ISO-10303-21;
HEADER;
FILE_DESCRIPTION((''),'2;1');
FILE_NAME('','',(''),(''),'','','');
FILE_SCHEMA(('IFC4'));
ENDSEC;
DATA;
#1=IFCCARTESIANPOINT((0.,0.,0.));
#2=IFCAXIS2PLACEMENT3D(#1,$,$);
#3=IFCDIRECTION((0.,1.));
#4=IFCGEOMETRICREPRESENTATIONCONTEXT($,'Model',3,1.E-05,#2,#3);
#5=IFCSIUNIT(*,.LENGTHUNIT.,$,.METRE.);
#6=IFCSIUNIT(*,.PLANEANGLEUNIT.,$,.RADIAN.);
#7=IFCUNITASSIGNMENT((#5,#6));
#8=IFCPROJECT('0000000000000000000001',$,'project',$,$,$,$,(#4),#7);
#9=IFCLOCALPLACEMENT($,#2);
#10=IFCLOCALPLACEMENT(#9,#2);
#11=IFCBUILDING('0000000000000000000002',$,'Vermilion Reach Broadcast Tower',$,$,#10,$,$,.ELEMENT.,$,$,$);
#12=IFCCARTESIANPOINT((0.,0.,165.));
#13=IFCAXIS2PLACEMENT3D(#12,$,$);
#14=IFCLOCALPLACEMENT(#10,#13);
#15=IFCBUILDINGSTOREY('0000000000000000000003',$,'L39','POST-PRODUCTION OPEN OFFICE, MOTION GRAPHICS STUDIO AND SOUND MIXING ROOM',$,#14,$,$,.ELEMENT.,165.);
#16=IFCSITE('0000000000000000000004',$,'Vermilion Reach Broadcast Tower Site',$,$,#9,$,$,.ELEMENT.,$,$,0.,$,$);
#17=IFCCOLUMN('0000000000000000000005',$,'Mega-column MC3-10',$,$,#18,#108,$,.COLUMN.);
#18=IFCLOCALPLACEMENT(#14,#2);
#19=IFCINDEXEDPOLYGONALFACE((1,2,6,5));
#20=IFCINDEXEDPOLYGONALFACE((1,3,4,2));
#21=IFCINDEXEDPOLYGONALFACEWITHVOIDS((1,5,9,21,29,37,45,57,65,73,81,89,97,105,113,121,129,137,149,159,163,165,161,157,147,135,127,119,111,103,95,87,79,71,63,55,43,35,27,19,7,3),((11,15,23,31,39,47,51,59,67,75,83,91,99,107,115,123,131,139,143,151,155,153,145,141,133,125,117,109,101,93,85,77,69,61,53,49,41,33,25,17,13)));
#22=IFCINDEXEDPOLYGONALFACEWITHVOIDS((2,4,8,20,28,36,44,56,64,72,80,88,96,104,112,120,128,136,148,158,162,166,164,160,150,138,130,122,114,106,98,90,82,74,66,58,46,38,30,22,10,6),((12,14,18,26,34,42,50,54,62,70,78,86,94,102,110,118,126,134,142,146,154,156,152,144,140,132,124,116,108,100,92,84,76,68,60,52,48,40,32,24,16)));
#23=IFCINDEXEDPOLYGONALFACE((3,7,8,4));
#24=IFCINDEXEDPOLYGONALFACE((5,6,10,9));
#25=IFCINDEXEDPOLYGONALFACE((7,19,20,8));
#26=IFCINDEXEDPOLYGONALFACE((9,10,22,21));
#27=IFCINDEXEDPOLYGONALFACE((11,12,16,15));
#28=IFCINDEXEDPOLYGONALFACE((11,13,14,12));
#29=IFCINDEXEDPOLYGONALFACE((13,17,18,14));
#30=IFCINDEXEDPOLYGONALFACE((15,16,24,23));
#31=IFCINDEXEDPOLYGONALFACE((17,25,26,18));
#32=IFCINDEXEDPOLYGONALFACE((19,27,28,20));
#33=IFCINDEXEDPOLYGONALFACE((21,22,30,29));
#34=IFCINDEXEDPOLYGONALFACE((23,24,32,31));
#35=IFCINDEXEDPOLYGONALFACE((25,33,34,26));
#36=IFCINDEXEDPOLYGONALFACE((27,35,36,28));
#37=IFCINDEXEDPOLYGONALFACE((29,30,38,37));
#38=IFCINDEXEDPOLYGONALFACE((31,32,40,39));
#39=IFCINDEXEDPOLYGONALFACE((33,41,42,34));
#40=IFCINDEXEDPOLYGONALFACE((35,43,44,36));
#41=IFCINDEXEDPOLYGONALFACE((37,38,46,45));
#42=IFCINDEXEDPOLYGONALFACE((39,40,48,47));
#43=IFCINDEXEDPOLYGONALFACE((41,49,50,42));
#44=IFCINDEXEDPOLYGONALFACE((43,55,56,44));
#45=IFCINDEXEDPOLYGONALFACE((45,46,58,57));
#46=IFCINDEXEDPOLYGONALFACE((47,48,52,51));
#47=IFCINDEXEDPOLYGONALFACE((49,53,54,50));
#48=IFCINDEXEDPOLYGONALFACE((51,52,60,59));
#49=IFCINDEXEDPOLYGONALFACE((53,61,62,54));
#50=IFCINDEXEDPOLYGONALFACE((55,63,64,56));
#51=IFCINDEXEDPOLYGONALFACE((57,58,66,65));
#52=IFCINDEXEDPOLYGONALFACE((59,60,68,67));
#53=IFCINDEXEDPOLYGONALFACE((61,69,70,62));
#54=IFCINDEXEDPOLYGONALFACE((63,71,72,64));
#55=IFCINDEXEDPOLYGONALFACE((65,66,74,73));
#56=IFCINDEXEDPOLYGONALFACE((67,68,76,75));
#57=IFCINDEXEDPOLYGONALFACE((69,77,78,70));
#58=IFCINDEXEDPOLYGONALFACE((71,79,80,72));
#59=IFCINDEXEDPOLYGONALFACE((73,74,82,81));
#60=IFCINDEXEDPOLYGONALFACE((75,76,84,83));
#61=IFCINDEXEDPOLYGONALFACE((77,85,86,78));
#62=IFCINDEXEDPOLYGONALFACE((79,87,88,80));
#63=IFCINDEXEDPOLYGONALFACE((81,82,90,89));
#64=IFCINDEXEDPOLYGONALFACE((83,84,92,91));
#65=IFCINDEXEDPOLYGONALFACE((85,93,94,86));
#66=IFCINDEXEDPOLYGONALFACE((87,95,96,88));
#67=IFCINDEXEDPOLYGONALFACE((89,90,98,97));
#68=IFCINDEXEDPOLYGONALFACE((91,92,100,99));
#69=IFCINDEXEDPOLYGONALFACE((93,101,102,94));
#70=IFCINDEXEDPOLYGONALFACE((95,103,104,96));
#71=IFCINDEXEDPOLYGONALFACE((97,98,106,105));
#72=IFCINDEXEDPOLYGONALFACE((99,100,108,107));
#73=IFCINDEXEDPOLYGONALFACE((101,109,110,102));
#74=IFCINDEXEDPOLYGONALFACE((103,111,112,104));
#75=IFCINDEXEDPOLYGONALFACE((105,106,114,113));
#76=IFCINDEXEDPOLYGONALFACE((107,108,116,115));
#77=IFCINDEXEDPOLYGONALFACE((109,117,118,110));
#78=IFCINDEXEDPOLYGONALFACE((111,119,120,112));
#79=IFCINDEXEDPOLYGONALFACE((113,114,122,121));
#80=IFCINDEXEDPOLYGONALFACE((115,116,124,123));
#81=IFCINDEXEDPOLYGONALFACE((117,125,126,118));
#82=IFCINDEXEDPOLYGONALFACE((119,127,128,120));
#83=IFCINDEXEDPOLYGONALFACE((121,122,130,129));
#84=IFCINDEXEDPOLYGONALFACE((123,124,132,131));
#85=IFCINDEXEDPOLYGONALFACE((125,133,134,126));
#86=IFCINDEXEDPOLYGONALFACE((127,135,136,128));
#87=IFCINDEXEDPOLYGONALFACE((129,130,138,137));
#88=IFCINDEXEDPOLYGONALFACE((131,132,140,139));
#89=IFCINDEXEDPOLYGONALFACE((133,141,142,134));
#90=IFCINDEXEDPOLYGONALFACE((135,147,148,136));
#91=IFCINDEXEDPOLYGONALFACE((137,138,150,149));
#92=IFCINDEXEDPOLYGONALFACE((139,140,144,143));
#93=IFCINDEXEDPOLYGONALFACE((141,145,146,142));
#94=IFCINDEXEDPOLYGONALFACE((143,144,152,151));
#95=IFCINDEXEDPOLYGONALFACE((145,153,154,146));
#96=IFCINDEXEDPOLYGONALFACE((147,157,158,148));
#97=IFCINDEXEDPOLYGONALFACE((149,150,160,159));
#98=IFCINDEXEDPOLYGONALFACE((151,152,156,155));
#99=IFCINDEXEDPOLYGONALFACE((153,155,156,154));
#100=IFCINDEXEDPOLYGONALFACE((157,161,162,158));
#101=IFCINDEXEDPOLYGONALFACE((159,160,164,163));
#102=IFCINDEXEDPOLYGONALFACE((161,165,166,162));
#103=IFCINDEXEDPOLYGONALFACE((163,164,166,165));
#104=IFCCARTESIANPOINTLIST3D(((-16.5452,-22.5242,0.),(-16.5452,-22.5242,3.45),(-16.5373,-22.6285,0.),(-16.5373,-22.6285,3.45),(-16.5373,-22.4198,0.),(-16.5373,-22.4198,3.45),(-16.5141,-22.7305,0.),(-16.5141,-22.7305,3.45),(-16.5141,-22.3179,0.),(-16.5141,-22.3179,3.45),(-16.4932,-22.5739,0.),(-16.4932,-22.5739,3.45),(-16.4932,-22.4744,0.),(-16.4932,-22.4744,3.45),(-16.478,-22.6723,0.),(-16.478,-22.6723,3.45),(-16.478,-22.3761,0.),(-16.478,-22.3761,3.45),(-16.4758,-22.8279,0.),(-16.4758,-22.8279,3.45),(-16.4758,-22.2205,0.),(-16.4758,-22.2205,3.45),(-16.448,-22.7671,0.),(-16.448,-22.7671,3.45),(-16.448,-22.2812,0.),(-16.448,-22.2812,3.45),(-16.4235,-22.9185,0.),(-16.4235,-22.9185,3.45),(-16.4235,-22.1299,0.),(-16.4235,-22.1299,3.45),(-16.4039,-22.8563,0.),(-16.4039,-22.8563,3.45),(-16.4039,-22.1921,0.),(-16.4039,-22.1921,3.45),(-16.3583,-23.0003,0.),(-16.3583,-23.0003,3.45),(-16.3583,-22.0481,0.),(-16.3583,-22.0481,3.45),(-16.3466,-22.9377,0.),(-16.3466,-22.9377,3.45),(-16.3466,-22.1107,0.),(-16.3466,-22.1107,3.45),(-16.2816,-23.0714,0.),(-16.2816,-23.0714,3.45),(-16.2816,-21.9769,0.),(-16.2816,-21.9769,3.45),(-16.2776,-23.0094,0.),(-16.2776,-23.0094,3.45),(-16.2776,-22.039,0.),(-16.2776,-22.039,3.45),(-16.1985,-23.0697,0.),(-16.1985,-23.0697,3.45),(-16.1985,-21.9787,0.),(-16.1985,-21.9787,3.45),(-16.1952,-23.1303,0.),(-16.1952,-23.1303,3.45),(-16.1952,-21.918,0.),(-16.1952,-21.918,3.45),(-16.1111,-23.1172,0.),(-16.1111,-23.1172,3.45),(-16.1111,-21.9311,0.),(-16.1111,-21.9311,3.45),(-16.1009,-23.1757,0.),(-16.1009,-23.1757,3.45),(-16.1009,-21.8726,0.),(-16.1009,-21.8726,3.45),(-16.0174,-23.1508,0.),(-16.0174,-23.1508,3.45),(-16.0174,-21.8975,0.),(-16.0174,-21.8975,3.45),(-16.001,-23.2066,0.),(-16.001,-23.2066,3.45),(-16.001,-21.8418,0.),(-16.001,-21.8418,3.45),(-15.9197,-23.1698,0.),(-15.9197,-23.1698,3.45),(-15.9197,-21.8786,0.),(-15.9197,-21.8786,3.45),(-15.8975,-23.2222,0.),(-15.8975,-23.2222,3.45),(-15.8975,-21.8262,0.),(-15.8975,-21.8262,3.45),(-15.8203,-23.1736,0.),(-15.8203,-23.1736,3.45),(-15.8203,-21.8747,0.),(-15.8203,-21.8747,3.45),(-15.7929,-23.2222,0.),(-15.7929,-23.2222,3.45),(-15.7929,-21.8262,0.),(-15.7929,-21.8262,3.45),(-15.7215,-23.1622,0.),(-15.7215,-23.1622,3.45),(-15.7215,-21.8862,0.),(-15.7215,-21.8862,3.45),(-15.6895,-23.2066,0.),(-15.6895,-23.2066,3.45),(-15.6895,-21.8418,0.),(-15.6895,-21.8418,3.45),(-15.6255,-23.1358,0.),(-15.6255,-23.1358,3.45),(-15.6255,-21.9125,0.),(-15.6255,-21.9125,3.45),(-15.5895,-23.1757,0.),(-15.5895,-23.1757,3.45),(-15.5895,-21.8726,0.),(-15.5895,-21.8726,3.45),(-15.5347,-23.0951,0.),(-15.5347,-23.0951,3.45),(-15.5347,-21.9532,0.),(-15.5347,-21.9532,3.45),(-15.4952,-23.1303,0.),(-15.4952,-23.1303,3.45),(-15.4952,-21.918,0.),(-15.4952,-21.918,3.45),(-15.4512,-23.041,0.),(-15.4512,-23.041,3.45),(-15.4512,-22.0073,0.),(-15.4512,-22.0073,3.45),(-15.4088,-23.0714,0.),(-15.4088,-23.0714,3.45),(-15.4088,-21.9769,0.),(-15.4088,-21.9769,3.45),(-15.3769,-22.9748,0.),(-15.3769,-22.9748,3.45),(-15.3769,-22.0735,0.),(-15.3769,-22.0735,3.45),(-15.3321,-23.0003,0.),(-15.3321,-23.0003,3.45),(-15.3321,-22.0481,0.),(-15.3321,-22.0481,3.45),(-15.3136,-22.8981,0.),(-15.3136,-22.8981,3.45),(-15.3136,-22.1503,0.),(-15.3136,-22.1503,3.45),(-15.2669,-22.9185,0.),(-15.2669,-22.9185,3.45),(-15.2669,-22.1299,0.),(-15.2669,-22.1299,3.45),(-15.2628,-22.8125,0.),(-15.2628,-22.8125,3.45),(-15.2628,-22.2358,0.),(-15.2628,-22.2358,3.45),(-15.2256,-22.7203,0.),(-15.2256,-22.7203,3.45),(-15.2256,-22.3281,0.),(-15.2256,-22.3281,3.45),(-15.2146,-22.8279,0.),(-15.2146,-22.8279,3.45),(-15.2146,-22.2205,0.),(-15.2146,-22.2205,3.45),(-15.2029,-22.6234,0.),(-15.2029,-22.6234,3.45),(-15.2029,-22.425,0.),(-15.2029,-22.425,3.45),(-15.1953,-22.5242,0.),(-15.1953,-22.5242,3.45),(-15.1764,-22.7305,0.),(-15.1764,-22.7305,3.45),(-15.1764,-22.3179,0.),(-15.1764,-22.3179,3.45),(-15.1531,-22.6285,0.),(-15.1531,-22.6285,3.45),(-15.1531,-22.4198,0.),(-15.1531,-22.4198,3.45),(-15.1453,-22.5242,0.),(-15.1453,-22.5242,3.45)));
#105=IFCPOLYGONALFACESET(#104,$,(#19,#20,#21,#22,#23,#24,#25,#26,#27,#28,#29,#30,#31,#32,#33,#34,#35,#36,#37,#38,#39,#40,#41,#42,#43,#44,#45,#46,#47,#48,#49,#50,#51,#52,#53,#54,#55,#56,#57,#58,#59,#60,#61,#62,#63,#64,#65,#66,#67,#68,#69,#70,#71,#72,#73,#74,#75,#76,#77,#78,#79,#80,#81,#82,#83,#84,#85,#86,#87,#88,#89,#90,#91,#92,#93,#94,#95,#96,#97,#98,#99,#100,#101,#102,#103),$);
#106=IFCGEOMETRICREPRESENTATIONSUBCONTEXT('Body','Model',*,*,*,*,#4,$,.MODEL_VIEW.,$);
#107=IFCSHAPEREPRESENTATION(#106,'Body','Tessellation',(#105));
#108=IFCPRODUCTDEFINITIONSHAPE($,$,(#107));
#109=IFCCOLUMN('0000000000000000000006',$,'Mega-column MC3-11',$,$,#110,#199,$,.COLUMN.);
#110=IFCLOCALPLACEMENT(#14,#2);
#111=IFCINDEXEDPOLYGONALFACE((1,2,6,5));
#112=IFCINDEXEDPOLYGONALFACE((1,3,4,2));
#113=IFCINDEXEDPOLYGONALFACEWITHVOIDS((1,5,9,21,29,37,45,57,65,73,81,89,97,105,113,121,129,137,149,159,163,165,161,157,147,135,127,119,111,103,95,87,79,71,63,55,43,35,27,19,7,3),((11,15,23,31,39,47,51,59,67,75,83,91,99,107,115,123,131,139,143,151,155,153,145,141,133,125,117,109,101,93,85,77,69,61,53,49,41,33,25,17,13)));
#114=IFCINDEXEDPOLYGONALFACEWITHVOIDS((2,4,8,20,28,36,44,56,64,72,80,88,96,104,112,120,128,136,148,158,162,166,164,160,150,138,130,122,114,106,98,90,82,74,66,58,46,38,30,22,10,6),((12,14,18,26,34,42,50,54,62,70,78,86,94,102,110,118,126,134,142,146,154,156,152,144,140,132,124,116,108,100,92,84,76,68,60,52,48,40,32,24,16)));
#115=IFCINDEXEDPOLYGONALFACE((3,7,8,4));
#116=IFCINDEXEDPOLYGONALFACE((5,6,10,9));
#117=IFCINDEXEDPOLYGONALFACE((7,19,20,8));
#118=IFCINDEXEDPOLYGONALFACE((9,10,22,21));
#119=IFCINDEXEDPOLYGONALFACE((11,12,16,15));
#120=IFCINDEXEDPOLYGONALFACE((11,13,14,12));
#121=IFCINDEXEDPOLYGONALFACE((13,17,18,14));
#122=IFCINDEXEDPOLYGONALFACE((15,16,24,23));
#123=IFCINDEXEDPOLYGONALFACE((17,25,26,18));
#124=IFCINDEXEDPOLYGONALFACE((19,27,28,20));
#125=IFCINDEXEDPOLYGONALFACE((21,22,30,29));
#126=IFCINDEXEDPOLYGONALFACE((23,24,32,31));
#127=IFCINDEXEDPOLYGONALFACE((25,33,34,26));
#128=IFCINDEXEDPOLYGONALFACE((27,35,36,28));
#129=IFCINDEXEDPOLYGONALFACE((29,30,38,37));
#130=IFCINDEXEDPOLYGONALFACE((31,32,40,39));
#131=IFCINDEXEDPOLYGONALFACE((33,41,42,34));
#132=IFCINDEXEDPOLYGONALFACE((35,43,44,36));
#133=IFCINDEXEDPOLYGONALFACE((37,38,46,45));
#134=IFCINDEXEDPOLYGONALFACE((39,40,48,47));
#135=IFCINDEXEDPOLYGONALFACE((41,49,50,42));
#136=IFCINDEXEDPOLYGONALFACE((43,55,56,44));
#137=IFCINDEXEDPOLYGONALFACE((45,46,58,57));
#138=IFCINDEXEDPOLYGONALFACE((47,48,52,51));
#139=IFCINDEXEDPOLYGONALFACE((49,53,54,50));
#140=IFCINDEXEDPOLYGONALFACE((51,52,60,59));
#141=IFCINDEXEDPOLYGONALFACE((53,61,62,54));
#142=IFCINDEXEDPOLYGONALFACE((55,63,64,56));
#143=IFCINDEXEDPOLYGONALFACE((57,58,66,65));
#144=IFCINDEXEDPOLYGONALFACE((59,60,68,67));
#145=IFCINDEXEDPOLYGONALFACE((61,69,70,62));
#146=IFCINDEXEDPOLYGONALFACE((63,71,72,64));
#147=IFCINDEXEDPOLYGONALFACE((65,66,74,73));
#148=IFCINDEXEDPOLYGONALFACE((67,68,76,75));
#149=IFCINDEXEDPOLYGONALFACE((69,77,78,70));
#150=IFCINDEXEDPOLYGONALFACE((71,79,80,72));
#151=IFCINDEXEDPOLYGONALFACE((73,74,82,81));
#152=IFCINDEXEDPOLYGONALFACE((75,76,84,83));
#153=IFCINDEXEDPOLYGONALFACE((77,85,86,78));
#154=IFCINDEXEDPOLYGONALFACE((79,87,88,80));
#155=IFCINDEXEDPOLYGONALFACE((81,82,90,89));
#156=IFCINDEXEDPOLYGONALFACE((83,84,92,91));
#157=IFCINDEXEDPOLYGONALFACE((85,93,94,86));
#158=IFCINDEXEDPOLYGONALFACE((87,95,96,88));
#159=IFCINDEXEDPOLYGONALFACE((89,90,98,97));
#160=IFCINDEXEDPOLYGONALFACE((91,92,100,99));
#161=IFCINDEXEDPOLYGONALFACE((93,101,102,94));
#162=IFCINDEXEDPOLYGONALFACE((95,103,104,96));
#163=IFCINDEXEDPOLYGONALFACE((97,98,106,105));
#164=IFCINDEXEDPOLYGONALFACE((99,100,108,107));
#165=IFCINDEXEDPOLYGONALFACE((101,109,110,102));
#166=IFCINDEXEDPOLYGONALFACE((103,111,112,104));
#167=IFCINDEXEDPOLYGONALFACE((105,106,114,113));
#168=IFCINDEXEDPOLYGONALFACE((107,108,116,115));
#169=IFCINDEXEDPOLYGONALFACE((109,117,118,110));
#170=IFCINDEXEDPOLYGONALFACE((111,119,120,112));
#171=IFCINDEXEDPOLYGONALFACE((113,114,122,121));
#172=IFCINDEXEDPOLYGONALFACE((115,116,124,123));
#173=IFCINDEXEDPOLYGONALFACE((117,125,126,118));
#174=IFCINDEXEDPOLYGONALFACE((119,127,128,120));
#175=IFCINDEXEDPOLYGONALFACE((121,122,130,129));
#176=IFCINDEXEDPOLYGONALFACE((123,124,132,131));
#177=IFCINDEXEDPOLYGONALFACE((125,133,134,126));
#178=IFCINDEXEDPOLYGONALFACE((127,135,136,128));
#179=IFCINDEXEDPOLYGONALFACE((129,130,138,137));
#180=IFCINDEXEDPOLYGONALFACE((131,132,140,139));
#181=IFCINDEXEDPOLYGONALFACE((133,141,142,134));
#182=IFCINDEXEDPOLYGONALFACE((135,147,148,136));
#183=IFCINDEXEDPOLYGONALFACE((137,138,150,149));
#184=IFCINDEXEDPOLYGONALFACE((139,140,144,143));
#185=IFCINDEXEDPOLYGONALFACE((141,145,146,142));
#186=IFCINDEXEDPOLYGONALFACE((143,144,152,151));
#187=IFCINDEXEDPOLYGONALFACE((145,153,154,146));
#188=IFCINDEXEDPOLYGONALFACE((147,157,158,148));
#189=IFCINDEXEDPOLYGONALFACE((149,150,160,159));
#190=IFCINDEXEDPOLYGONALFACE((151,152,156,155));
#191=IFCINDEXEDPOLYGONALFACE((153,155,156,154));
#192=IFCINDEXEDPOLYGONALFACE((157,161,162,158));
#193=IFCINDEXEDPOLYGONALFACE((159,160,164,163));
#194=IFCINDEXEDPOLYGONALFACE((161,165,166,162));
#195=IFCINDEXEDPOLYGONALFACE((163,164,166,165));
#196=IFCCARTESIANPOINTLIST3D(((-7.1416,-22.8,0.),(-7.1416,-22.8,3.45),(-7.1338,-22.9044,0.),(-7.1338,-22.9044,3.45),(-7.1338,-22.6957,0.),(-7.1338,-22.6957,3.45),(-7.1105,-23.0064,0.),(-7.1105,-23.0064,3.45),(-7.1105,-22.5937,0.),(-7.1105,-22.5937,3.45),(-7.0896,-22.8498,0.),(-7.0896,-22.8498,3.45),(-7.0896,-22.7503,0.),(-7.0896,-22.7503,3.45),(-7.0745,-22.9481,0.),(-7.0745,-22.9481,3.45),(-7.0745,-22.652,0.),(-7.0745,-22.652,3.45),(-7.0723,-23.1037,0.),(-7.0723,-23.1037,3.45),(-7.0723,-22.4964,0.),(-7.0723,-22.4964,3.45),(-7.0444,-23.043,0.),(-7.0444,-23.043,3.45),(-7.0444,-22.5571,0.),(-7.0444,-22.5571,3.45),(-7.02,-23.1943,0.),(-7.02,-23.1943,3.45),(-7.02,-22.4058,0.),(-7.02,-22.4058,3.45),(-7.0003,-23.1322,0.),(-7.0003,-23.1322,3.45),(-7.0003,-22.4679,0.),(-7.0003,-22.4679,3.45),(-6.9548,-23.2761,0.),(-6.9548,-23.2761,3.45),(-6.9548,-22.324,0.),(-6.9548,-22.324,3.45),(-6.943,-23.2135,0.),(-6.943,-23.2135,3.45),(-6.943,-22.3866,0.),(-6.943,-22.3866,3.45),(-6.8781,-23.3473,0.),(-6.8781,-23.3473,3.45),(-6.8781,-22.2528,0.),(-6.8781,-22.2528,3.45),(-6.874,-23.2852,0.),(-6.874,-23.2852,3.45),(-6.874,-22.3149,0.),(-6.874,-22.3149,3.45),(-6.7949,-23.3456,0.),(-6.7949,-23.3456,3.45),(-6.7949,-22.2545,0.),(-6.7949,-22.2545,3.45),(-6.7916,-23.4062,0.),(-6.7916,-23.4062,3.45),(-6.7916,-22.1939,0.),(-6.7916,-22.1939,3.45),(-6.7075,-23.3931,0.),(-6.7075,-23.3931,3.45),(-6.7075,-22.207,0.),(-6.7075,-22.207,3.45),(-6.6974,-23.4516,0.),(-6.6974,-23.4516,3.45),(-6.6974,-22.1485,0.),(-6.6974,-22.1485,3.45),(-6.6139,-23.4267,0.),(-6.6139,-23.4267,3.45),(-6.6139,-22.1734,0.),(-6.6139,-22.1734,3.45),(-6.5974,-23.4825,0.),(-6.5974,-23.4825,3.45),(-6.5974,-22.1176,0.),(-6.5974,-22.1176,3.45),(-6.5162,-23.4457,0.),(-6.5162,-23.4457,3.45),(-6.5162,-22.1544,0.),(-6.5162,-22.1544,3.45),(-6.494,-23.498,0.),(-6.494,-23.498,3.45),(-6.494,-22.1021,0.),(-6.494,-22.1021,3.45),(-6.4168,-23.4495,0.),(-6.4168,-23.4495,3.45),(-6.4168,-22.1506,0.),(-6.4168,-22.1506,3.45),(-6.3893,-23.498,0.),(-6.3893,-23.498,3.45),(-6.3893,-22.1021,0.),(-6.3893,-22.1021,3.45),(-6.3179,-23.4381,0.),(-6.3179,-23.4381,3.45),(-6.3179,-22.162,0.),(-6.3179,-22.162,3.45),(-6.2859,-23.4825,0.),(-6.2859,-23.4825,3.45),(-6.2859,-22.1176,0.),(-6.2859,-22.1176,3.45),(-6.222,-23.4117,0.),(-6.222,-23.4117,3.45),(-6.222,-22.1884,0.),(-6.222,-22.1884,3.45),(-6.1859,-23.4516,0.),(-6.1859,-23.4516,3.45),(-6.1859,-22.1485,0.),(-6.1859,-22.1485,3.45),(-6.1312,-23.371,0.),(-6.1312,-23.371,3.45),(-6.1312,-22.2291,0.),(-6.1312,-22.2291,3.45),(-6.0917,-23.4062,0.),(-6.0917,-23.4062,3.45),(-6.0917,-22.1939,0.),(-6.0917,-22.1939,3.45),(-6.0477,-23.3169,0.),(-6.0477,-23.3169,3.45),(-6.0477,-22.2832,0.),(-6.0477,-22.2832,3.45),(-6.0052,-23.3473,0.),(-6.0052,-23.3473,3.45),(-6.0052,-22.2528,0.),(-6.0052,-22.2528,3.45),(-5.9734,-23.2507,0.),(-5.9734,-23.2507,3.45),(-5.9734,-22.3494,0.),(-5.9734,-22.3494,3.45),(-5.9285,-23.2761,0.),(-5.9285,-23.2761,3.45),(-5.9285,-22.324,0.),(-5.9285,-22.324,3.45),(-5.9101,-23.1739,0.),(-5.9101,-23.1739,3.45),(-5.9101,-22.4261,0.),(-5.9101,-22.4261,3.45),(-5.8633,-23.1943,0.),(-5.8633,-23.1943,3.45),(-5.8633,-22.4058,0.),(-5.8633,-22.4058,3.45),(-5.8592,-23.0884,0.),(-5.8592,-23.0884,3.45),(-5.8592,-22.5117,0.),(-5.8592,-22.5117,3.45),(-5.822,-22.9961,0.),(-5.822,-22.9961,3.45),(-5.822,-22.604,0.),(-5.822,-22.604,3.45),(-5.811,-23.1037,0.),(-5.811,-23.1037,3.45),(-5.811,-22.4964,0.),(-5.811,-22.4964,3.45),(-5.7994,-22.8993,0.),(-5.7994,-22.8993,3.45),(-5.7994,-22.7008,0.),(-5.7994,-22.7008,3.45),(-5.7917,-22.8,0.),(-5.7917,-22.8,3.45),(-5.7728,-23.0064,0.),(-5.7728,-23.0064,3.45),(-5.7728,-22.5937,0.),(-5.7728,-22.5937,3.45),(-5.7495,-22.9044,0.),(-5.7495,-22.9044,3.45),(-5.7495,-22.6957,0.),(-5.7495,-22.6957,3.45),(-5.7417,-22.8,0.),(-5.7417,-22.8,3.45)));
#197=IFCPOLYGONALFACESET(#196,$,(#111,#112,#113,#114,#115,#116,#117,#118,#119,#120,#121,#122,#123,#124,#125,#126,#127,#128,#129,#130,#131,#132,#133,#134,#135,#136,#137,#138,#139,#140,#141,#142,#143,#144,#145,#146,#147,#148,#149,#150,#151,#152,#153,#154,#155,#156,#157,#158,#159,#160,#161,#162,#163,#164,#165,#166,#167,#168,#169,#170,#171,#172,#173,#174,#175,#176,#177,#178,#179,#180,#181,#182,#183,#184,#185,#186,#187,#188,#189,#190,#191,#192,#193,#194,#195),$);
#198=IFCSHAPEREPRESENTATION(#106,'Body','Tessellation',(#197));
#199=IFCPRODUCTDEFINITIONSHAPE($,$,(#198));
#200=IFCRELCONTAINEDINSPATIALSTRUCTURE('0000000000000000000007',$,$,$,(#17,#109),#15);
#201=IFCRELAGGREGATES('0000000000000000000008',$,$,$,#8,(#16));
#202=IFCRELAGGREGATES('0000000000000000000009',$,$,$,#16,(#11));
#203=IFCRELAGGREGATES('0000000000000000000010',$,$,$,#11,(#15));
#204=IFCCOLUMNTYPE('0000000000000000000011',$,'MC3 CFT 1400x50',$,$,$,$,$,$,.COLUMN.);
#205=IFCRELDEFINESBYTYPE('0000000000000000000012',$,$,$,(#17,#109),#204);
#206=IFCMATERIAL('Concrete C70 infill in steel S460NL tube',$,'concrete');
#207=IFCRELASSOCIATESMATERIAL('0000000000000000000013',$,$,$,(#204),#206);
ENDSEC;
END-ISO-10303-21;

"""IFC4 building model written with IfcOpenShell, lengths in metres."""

from ifc_helpers import new_model, si_unit, direction, frame, origin, origin_2d, place, context, subcontext, project, spatial, hollow_circle, extrude, material, material_profile, profile_set, type_object, element, save


model = new_model("IFC4")

# Units and contexts
model_context = context("Model", 3, precision=1e-05, world=origin(), true_north=direction((0.0, 1.0)))
body_context = subcontext(model_context, "Body", "Model", "MODEL_VIEW")
ifc_project = project(units=[si_unit("LENGTHUNIT", "METRE"), si_unit("PLANEANGLEUNIT", "RADIAN")], contexts=[model_context])

# Site, building, storey
site_placement = place(None, origin())
site = spatial("IfcSite", under=ifc_project, at=site_placement, Name="Vermilion Reach Broadcast Tower Site", CompositionType="ELEMENT", RefElevation=0.0)
building_placement = place(site_placement, origin())
building = spatial("IfcBuilding", under=site, at=building_placement, Name="Vermilion Reach Broadcast Tower", CompositionType="ELEMENT")
storey_placement = place(building_placement, frame((0.0, 0.0, 165.0)))
storey = spatial("IfcBuildingStorey", under=building, at=storey_placement, Name="L39", Description="POST-PRODUCTION OPEN OFFICE, MOTION GRAPHICS STUDIO AND SOUND MIXING ROOM", CompositionType="ELEMENT", Elevation=165.0)

# Columns
ifc_material_1 = material(Name="Concrete C70 infill in steel S460NL tube", Category="concrete")
ifc_material_profile_1 = material_profile(ifc_material_1, hollow_circle(Radius=0.7, WallThickness=0.05, at=origin_2d()), Name="Concrete C70 infill in steel S460NL tube CFT 1400x50")
ifc_profile_set_1 = profile_set([ifc_material_profile_1], Name="Concrete C70 infill in steel S460NL tube")
column_type = type_object("IfcColumnType", Name="MC3 CFT 1400x50", PredefinedType="COLUMN", material=ifc_profile_set_1)
for number, where, z_axis, x_axis, name in (
    (1, (-15.8452, -22.5242, 0.0), (0.0, 0.0, 1.0), (1.0, 0.0, 0.0), "Mega-column MC3-10"),
    (2, (-6.4417, -22.8, 0.0), (0.0, 0.0, 1.0), (1.0, 0.0, 0.0), "Mega-column MC3-11"),
):
    element("IfcColumn", number, at=place(storey_placement, frame(where, z_axis=z_axis, x_axis=x_axis)), inside=storey, type_object=column_type, Name=name, PredefinedType="COLUMN", context=body_context, shape_type="SweptSolid", body=[
        extrude(hollow_circle(Radius=0.7, WallThickness=0.05, at=origin_2d()), origin(), (0.0, 0.0, 1.0), 3.45),
    ])

save(model, "model.ifc")
